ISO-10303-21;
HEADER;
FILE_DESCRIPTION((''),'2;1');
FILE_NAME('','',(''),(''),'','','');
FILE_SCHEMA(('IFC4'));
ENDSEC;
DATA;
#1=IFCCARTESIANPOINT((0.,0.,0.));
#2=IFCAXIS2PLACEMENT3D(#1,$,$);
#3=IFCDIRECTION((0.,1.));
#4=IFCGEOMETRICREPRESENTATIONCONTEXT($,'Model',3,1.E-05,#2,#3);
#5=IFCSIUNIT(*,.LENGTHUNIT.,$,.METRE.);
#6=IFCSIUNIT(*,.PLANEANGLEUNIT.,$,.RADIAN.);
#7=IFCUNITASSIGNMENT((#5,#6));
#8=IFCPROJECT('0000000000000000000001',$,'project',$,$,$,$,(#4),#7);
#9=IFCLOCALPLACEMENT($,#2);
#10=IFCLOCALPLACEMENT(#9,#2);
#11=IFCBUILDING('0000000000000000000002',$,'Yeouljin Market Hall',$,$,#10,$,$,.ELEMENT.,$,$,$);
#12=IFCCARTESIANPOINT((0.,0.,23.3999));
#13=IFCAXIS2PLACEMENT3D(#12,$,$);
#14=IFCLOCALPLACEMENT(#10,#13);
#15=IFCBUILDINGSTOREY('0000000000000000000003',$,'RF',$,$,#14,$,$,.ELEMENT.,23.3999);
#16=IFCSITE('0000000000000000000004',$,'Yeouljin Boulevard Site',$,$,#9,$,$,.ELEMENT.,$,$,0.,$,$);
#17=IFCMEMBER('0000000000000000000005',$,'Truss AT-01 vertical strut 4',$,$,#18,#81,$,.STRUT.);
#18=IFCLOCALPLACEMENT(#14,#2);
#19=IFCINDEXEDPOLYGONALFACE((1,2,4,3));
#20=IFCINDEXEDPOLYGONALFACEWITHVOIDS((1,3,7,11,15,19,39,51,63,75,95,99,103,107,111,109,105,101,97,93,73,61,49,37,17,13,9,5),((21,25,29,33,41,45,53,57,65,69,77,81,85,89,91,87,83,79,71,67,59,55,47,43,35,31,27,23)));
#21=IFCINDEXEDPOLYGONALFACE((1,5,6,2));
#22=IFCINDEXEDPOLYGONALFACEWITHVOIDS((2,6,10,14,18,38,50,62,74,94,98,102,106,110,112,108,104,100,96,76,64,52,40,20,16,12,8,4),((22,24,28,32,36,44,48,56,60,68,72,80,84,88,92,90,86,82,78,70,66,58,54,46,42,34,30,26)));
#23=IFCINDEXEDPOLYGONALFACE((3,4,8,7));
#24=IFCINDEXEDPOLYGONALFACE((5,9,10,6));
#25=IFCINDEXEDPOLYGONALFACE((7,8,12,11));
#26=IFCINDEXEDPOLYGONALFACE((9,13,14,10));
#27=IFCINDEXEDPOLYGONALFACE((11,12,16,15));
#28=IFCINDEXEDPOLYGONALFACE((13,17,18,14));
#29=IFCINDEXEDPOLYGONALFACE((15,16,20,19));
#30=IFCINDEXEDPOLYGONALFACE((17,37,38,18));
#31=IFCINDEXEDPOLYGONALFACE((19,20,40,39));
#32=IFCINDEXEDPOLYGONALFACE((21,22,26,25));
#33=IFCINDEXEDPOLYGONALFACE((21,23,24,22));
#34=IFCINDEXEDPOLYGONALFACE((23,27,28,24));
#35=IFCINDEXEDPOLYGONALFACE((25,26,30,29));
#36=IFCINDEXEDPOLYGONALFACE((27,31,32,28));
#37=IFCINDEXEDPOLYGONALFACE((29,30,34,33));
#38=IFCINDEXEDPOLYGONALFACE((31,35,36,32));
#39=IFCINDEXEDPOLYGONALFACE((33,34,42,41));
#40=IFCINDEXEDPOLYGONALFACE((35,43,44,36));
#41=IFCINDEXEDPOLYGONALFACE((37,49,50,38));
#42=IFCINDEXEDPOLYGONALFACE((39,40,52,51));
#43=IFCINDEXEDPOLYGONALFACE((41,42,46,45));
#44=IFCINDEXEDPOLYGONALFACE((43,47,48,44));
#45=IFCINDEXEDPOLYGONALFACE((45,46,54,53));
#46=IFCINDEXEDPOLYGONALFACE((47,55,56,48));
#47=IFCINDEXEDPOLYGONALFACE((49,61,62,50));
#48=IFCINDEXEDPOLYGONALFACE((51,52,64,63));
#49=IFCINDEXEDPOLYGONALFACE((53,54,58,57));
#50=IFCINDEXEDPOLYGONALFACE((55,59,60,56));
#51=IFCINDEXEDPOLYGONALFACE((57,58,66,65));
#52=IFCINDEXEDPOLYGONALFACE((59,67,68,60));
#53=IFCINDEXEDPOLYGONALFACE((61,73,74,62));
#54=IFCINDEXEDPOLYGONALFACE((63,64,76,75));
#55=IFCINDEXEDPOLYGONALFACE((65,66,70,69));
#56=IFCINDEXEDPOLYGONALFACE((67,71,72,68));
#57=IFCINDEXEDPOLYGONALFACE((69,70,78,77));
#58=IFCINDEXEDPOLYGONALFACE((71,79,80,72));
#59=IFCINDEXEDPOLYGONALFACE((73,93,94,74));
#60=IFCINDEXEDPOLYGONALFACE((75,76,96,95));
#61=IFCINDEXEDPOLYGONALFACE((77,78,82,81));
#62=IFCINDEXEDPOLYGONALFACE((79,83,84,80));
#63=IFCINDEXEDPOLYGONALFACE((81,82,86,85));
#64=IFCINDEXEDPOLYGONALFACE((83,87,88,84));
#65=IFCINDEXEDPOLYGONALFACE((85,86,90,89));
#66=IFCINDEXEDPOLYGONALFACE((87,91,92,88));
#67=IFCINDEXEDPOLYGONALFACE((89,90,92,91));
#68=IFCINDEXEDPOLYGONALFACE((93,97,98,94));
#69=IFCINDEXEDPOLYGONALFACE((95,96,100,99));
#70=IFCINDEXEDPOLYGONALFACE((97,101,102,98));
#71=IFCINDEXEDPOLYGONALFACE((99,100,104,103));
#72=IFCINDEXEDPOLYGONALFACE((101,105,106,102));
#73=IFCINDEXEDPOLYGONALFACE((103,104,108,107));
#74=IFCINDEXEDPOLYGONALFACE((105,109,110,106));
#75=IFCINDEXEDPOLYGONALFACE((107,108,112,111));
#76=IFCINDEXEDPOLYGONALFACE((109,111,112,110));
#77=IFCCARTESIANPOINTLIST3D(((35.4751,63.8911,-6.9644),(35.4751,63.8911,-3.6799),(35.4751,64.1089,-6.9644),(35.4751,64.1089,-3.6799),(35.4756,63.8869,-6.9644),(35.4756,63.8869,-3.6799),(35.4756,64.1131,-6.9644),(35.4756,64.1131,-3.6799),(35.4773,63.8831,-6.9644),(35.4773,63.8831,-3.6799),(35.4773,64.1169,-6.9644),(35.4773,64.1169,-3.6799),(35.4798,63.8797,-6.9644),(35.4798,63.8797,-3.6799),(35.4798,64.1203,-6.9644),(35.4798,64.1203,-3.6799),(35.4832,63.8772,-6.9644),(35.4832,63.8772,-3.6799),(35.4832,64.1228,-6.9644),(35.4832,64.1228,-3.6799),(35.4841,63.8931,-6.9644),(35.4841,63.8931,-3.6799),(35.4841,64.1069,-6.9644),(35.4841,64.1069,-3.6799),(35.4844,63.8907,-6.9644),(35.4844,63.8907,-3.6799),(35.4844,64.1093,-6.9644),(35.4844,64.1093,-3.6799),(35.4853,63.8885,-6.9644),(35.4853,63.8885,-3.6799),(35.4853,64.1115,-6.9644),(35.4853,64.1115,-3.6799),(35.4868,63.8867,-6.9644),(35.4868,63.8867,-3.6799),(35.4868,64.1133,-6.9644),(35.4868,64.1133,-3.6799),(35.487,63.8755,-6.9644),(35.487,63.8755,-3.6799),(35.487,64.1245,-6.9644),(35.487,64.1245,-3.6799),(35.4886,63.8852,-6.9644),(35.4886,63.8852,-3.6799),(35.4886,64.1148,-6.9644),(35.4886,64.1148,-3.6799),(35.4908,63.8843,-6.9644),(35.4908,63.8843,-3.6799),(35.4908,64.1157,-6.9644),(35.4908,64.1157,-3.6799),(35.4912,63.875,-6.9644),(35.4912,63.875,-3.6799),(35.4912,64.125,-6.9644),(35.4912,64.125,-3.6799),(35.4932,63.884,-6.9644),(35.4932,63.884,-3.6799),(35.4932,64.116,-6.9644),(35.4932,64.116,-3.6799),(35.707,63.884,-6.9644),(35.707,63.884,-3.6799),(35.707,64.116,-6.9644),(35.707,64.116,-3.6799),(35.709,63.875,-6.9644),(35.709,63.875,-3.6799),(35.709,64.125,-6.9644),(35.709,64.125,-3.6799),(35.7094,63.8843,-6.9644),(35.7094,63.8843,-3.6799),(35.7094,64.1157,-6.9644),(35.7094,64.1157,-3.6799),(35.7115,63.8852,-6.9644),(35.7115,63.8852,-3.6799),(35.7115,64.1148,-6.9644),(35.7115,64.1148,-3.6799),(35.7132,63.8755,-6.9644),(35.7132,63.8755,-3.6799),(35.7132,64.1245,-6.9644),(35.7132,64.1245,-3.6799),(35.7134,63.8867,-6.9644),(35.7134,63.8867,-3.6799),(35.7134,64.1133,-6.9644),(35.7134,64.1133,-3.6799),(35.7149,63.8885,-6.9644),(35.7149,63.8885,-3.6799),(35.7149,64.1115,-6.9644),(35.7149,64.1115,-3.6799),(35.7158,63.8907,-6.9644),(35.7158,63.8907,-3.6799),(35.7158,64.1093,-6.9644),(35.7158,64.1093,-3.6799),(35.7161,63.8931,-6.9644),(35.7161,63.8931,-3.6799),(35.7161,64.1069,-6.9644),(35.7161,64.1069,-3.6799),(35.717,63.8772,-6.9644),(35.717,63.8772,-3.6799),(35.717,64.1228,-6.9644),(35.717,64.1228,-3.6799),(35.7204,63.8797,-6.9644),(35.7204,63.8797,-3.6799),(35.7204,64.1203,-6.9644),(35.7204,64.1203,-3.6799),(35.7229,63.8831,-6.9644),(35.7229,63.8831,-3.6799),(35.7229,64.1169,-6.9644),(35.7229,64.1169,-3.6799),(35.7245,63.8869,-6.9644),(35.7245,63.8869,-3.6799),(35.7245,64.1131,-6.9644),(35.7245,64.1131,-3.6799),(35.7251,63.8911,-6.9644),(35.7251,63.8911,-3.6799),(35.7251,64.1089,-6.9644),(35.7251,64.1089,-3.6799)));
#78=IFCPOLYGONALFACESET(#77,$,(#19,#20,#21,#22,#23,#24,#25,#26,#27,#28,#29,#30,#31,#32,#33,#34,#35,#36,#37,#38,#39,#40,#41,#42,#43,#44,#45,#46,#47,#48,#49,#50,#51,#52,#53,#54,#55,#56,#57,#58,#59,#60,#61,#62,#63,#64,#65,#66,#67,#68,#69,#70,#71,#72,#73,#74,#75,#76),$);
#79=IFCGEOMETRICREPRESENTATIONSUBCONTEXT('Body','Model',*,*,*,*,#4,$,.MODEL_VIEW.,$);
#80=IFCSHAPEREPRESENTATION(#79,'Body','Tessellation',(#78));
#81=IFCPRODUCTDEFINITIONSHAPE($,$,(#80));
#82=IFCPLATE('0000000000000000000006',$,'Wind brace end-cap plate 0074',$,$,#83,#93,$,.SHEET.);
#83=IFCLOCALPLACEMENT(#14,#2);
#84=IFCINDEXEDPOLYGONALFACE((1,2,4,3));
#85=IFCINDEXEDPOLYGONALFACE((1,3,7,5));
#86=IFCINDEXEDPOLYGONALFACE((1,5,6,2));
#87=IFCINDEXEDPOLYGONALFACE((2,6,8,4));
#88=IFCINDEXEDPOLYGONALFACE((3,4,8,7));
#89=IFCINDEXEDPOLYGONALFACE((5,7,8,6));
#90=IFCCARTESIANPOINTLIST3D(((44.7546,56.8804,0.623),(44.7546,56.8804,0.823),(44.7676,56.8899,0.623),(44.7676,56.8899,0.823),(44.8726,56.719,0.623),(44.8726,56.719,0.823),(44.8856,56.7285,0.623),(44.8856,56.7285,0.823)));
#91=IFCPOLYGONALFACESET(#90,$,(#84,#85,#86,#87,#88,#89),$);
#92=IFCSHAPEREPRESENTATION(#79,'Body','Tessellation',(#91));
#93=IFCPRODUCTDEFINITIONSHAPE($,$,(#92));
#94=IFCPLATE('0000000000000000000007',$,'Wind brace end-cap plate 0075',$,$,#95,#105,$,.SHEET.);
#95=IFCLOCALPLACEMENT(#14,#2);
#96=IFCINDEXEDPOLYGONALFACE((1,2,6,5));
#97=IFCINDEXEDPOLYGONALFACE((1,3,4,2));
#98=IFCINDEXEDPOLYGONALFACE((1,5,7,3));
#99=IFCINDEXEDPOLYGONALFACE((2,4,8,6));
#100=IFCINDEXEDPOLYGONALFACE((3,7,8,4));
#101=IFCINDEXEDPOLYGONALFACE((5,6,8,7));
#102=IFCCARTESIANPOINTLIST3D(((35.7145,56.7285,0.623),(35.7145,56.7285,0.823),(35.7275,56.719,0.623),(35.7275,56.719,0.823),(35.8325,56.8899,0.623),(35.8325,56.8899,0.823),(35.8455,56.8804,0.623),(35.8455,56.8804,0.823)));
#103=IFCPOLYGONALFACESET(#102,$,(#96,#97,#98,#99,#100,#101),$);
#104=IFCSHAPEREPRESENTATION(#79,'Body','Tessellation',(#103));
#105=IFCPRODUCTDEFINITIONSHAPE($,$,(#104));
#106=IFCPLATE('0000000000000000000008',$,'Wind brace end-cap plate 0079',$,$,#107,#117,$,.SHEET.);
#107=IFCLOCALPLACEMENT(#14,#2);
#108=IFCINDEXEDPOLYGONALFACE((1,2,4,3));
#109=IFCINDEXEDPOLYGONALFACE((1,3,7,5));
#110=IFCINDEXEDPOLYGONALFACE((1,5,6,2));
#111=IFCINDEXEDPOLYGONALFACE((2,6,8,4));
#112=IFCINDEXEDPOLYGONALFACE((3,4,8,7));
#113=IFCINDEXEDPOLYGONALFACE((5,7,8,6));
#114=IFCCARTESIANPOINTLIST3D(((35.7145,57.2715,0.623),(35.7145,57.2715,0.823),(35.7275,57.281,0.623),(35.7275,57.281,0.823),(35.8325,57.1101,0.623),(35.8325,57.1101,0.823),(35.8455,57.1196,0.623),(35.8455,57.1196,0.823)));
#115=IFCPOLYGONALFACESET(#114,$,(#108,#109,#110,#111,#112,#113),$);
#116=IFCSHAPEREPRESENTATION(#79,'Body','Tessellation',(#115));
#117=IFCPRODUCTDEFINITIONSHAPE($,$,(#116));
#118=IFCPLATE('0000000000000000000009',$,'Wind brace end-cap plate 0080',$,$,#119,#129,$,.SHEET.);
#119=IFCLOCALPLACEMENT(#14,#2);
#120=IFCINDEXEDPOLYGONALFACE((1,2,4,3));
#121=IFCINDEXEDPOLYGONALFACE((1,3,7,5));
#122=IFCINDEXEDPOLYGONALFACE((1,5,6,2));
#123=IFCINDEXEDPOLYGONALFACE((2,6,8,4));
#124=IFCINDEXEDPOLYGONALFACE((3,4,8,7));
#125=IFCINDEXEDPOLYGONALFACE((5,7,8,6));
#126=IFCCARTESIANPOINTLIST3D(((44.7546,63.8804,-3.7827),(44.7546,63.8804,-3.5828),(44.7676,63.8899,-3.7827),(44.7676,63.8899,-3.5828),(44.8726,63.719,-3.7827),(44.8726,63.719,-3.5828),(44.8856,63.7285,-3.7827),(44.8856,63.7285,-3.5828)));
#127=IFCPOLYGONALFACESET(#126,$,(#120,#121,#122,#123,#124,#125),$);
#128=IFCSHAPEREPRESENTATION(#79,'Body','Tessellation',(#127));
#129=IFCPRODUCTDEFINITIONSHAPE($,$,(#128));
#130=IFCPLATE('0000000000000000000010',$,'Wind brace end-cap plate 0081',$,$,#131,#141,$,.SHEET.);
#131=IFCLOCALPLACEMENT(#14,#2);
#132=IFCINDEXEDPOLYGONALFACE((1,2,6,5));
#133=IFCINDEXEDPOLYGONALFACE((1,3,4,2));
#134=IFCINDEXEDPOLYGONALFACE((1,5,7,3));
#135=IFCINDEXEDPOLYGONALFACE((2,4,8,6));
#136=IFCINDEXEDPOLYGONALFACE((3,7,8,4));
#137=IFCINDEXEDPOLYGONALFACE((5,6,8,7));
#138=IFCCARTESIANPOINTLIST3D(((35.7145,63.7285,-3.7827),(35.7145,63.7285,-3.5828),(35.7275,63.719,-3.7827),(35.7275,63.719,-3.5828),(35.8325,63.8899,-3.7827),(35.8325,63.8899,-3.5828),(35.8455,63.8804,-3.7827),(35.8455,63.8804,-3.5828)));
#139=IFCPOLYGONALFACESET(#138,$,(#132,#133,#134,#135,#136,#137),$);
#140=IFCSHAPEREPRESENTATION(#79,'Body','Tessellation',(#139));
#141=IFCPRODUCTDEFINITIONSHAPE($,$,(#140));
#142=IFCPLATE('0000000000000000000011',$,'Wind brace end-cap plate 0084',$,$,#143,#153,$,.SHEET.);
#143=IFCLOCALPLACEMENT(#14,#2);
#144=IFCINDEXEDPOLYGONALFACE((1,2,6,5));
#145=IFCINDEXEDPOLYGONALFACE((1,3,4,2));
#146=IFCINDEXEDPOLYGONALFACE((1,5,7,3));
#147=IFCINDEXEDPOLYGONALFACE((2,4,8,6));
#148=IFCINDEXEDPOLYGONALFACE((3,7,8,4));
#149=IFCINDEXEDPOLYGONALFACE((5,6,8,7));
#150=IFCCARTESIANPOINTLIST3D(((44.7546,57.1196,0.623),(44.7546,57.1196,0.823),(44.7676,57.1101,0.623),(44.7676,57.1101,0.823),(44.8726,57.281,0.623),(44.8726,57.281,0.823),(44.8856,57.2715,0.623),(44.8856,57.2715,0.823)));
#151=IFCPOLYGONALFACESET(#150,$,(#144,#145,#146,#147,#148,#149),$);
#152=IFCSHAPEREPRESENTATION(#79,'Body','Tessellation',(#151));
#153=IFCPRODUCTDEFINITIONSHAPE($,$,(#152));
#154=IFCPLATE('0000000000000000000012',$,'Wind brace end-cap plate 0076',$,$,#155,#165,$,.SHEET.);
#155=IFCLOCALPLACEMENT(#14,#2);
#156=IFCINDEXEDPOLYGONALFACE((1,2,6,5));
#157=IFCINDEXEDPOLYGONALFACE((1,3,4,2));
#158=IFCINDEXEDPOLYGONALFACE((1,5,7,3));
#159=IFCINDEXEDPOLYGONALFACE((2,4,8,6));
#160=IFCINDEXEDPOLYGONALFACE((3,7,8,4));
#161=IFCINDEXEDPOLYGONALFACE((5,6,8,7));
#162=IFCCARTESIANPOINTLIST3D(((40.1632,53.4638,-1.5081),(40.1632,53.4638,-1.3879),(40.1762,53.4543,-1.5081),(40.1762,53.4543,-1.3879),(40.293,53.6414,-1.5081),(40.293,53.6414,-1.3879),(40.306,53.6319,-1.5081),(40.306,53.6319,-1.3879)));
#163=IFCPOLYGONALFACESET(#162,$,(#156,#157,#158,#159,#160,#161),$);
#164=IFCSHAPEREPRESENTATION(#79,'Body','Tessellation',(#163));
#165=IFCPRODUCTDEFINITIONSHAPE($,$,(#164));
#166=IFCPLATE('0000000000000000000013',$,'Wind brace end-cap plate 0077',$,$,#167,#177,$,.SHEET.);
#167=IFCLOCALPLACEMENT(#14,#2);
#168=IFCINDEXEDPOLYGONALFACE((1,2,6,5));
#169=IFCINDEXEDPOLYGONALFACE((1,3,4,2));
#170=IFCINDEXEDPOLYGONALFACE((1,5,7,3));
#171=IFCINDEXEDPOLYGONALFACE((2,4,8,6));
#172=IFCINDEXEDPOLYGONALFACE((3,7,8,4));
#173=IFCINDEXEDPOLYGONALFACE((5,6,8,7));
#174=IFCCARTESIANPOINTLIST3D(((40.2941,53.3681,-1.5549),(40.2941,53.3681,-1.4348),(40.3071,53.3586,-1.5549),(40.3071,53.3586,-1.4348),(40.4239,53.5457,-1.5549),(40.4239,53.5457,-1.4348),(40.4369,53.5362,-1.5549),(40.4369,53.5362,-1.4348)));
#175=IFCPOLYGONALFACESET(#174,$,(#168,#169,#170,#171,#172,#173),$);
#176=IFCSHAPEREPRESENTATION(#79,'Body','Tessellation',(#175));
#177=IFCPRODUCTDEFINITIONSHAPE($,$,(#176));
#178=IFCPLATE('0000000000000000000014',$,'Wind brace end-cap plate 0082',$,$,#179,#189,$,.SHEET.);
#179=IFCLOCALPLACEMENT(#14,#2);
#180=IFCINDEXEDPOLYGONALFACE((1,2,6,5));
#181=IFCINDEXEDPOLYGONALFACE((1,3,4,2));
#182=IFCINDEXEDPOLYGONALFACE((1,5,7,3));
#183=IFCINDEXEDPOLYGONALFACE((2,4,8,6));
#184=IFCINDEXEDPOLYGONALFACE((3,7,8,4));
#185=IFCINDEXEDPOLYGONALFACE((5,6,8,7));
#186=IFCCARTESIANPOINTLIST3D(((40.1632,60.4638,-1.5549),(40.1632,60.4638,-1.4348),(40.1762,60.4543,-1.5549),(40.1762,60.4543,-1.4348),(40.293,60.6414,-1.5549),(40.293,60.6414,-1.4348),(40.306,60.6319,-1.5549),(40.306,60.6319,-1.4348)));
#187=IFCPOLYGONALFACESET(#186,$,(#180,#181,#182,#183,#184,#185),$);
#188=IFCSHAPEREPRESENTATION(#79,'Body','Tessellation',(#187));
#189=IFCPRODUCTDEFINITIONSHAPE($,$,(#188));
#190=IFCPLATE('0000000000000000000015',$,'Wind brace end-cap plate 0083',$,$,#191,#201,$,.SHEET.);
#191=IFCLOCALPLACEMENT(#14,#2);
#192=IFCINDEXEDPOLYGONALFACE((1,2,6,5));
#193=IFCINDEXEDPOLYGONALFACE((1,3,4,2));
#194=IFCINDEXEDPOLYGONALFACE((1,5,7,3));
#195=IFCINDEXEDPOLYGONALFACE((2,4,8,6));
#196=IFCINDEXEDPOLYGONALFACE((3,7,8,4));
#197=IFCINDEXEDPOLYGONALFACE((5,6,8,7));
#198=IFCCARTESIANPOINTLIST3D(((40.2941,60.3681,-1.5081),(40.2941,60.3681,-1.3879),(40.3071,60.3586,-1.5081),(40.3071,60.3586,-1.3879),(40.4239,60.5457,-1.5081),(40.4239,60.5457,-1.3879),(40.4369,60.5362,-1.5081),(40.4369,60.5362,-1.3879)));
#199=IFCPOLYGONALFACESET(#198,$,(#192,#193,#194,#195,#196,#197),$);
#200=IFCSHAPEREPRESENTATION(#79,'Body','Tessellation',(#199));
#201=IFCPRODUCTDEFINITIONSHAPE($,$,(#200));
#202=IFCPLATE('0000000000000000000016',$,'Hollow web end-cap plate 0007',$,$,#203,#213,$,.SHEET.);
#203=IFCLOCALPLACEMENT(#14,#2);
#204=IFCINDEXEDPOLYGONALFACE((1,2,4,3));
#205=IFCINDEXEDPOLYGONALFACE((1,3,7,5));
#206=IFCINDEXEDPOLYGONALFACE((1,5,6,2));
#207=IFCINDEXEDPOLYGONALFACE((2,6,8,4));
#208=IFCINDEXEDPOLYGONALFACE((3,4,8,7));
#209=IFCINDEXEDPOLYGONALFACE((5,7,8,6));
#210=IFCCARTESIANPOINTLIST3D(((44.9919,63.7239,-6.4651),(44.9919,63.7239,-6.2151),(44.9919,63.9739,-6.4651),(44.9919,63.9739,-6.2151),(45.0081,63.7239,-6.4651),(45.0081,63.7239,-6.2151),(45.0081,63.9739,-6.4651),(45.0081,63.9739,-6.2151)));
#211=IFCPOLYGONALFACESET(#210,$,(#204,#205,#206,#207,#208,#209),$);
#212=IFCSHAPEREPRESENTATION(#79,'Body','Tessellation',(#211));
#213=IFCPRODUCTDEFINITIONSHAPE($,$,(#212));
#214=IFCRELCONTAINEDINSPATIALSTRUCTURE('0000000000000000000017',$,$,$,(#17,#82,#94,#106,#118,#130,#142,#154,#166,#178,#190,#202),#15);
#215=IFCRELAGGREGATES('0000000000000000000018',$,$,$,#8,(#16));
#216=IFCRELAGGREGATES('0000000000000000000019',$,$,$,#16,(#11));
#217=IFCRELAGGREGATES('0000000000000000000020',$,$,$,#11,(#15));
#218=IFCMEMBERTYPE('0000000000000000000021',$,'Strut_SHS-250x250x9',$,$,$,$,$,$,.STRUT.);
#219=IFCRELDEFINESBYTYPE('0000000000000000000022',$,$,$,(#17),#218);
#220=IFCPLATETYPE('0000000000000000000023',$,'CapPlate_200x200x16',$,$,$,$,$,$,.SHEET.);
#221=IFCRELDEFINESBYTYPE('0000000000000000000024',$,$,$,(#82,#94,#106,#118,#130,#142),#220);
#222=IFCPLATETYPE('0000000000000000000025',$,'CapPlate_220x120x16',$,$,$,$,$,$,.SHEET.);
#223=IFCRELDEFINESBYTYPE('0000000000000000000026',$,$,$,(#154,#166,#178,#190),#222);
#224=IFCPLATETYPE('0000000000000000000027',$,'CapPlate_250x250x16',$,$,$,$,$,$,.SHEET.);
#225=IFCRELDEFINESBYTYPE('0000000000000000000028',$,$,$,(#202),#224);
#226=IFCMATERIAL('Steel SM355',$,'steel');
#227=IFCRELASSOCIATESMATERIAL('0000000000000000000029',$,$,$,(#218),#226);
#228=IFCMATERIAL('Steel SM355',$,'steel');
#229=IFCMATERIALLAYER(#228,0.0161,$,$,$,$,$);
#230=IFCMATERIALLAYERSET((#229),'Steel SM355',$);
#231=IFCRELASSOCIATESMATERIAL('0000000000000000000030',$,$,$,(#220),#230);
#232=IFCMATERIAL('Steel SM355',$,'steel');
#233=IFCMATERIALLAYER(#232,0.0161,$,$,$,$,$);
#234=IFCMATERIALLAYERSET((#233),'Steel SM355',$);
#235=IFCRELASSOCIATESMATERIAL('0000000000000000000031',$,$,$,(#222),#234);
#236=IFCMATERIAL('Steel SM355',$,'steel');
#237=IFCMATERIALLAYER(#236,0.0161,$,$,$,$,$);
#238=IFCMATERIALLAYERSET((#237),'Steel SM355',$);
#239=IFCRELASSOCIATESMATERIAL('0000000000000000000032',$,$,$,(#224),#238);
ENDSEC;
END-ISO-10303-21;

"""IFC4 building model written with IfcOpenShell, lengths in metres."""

from ifc_helpers import new_model, si_unit, direction, frame, origin, origin_2d, place, context, subcontext, project, spatial, rectangle, hollow_rectangle, extrude, material, layer, layer_set, material_profile, profile_set, type_object, element, save


model = new_model("IFC4")

# Units and contexts
model_context = context("Model", 3, precision=1e-05, world=origin(), true_north=direction((0.0, 1.0)))
body_context = subcontext(model_context, "Body", "Model", "MODEL_VIEW")
ifc_project = project(units=[si_unit("LENGTHUNIT", "METRE"), si_unit("PLANEANGLEUNIT", "RADIAN")], contexts=[model_context])

# Site, building, storey
site_placement = place(None, origin())
site = spatial("IfcSite", under=ifc_project, at=site_placement, Name="Yeouljin Boulevard Site", CompositionType="ELEMENT", RefElevation=0.0)
building_placement = place(site_placement, origin())
building = spatial("IfcBuilding", under=site, at=building_placement, Name="Yeouljin Market Hall", CompositionType="ELEMENT")
storey_placement = place(building_placement, frame((0.0, 0.0, 23.3999)))
storey = spatial("IfcBuildingStorey", under=building, at=storey_placement, Name="RF", CompositionType="ELEMENT", Elevation=23.3999)

# Member
ifc_material_1 = material(Name="Steel SM355", Category="steel")
ifc_material_profile_1 = material_profile(ifc_material_1, hollow_rectangle(XDim=0.25, YDim=0.25, WallThickness=0.009, InnerFilletRadius=0.009, OuterFilletRadius=0.0161, at=origin_2d()), Name="SHS-250x250x9")
ifc_profile_set_1 = profile_set([ifc_material_profile_1], Name="Steel SM355")
member_type_1 = type_object("IfcMemberType", Name="Strut_SHS-250x250x9", PredefinedType="STRUT", material=ifc_profile_set_1)
member_1_placement = place(storey_placement, frame((35.6001, 64.0, -6.9644), z_axis=(0.0, 0.0, 1.0), x_axis=(1.0, 0.0, 0.0)))
element("IfcMember", 1, at=member_1_placement, inside=storey, type_object=member_type_1, Name="Truss AT-01 vertical strut 4", PredefinedType="STRUT", context=body_context, shape_type="SweptSolid", body=[
    extrude(hollow_rectangle(XDim=0.25, YDim=0.25, WallThickness=0.009, InnerFilletRadius=0.009, OuterFilletRadius=0.0161, at=origin_2d()), origin(), (0.0, 0.0, 1.0), 3.2844),
])

# Plates
ifc_material_2 = material(Name="Steel SM355", Category="steel")
ifc_layer_1 = layer(ifc_material_2, 0.0161)
ifc_layer_set_1 = layer_set([ifc_layer_1], Name="Steel SM355")
plate_type_1 = type_object("IfcPlateType", Name="CapPlate_200x200x16", PredefinedType="SHEET", material=ifc_layer_set_1)
for number, where, z_axis, x_axis, name in (
    (2, (44.8201, 56.8044, 0.623), (0.0, 0.0, 1.0), (-0.590183, 0.807269, 0.0), "Wind brace end-cap plate 0074"),
    (3, (35.78, 56.8044, 0.623), (0.0, 0.0, 1.0), (0.590183, 0.807269, 0.0), "Wind brace end-cap plate 0075"),
    (4, (35.78, 57.1956, 0.623), (0.0, 0.0, 1.0), (-0.590183, 0.807269, 0.0), "Wind brace end-cap plate 0079"),
    (5, (44.8201, 63.8044, -3.7827), (0.0, 0.0, 1.0), (-0.590183, 0.807269, 0.0), "Wind brace end-cap plate 0080"),
    (6, (35.78, 63.8044, -3.7827), (0.0, 0.0, 1.0), (0.590183, 0.807269, 0.0), "Wind brace end-cap plate 0081"),
    (7, (44.8201, 57.1956, 0.623), (0.0, 0.0, 1.0), (0.590183, 0.807269, 0.0), "Wind brace end-cap plate 0084"),
):
    element("IfcPlate", number, at=place(storey_placement, frame(where, z_axis=z_axis, x_axis=x_axis)), inside=storey, type_object=plate_type_1, Name=name, PredefinedType="SHEET", context=body_context, shape_type="SweptSolid", body=[
        extrude(rectangle(XDim=0.2, YDim=0.0161, at=origin_2d()), origin(), (0.0, 0.0, 1.0), 0.2),
    ])
ifc_material_3 = material(Name="Steel SM355", Category="steel")
ifc_layer_2 = layer(ifc_material_3, 0.0161)
ifc_layer_set_2 = layer_set([ifc_layer_2], Name="Steel SM355")
plate_type_2 = type_object("IfcPlateType", Name="CapPlate_220x120x16", PredefinedType="SHEET", material=ifc_layer_set_2)
for number, where, z_axis, x_axis, name in (
    (8, (40.2346, 53.5479, -1.5081), (0.0, 0.0, 1.0), (0.590183, 0.807269, 0.0), "Wind brace end-cap plate 0076"),
    (9, (40.3655, 53.4521, -1.5549), (0.0, 0.0, 1.0), (0.590183, 0.807269, 0.0), "Wind brace end-cap plate 0077"),
    (10, (40.2346, 60.5479, -1.5549), (0.0, 0.0, 1.0), (0.590183, 0.807269, 0.0), "Wind brace end-cap plate 0082"),
    (11, (40.3655, 60.4521, -1.5081), (0.0, 0.0, 1.0), (0.590183, 0.807269, 0.0), "Wind brace end-cap plate 0083"),
):
    element("IfcPlate", number, at=place(storey_placement, frame(where, z_axis=z_axis, x_axis=x_axis)), inside=storey, type_object=plate_type_2, Name=name, PredefinedType="SHEET", context=body_context, shape_type="SweptSolid", body=[
        extrude(rectangle(XDim=0.22, YDim=0.0161, at=origin_2d()), origin(), (0.0, 0.0, 1.0), 0.1201),
    ])
ifc_material_4 = material(Name="Steel SM355", Category="steel")
ifc_layer_3 = layer(ifc_material_4, 0.0161)
ifc_layer_set_3 = layer_set([ifc_layer_3], Name="Steel SM355")
plate_type_3 = type_object("IfcPlateType", Name="CapPlate_250x250x16", PredefinedType="SHEET", material=ifc_layer_set_3)
plate_1_placement = place(storey_placement, frame((45.0, 63.8489, -6.4651), z_axis=(0.0, 0.0, 1.0), x_axis=(0.0, 1.0, 0.0)))
element("IfcPlate", 12, at=plate_1_placement, inside=storey, type_object=plate_type_3, Name="Hollow web end-cap plate 0007", PredefinedType="SHEET", context=body_context, shape_type="SweptSolid", body=[
    extrude(rectangle(XDim=0.25, YDim=0.0161, at=origin_2d()), origin(), (0.0, 0.0, 1.0), 0.25),
])

save(model, "model.ifc")
